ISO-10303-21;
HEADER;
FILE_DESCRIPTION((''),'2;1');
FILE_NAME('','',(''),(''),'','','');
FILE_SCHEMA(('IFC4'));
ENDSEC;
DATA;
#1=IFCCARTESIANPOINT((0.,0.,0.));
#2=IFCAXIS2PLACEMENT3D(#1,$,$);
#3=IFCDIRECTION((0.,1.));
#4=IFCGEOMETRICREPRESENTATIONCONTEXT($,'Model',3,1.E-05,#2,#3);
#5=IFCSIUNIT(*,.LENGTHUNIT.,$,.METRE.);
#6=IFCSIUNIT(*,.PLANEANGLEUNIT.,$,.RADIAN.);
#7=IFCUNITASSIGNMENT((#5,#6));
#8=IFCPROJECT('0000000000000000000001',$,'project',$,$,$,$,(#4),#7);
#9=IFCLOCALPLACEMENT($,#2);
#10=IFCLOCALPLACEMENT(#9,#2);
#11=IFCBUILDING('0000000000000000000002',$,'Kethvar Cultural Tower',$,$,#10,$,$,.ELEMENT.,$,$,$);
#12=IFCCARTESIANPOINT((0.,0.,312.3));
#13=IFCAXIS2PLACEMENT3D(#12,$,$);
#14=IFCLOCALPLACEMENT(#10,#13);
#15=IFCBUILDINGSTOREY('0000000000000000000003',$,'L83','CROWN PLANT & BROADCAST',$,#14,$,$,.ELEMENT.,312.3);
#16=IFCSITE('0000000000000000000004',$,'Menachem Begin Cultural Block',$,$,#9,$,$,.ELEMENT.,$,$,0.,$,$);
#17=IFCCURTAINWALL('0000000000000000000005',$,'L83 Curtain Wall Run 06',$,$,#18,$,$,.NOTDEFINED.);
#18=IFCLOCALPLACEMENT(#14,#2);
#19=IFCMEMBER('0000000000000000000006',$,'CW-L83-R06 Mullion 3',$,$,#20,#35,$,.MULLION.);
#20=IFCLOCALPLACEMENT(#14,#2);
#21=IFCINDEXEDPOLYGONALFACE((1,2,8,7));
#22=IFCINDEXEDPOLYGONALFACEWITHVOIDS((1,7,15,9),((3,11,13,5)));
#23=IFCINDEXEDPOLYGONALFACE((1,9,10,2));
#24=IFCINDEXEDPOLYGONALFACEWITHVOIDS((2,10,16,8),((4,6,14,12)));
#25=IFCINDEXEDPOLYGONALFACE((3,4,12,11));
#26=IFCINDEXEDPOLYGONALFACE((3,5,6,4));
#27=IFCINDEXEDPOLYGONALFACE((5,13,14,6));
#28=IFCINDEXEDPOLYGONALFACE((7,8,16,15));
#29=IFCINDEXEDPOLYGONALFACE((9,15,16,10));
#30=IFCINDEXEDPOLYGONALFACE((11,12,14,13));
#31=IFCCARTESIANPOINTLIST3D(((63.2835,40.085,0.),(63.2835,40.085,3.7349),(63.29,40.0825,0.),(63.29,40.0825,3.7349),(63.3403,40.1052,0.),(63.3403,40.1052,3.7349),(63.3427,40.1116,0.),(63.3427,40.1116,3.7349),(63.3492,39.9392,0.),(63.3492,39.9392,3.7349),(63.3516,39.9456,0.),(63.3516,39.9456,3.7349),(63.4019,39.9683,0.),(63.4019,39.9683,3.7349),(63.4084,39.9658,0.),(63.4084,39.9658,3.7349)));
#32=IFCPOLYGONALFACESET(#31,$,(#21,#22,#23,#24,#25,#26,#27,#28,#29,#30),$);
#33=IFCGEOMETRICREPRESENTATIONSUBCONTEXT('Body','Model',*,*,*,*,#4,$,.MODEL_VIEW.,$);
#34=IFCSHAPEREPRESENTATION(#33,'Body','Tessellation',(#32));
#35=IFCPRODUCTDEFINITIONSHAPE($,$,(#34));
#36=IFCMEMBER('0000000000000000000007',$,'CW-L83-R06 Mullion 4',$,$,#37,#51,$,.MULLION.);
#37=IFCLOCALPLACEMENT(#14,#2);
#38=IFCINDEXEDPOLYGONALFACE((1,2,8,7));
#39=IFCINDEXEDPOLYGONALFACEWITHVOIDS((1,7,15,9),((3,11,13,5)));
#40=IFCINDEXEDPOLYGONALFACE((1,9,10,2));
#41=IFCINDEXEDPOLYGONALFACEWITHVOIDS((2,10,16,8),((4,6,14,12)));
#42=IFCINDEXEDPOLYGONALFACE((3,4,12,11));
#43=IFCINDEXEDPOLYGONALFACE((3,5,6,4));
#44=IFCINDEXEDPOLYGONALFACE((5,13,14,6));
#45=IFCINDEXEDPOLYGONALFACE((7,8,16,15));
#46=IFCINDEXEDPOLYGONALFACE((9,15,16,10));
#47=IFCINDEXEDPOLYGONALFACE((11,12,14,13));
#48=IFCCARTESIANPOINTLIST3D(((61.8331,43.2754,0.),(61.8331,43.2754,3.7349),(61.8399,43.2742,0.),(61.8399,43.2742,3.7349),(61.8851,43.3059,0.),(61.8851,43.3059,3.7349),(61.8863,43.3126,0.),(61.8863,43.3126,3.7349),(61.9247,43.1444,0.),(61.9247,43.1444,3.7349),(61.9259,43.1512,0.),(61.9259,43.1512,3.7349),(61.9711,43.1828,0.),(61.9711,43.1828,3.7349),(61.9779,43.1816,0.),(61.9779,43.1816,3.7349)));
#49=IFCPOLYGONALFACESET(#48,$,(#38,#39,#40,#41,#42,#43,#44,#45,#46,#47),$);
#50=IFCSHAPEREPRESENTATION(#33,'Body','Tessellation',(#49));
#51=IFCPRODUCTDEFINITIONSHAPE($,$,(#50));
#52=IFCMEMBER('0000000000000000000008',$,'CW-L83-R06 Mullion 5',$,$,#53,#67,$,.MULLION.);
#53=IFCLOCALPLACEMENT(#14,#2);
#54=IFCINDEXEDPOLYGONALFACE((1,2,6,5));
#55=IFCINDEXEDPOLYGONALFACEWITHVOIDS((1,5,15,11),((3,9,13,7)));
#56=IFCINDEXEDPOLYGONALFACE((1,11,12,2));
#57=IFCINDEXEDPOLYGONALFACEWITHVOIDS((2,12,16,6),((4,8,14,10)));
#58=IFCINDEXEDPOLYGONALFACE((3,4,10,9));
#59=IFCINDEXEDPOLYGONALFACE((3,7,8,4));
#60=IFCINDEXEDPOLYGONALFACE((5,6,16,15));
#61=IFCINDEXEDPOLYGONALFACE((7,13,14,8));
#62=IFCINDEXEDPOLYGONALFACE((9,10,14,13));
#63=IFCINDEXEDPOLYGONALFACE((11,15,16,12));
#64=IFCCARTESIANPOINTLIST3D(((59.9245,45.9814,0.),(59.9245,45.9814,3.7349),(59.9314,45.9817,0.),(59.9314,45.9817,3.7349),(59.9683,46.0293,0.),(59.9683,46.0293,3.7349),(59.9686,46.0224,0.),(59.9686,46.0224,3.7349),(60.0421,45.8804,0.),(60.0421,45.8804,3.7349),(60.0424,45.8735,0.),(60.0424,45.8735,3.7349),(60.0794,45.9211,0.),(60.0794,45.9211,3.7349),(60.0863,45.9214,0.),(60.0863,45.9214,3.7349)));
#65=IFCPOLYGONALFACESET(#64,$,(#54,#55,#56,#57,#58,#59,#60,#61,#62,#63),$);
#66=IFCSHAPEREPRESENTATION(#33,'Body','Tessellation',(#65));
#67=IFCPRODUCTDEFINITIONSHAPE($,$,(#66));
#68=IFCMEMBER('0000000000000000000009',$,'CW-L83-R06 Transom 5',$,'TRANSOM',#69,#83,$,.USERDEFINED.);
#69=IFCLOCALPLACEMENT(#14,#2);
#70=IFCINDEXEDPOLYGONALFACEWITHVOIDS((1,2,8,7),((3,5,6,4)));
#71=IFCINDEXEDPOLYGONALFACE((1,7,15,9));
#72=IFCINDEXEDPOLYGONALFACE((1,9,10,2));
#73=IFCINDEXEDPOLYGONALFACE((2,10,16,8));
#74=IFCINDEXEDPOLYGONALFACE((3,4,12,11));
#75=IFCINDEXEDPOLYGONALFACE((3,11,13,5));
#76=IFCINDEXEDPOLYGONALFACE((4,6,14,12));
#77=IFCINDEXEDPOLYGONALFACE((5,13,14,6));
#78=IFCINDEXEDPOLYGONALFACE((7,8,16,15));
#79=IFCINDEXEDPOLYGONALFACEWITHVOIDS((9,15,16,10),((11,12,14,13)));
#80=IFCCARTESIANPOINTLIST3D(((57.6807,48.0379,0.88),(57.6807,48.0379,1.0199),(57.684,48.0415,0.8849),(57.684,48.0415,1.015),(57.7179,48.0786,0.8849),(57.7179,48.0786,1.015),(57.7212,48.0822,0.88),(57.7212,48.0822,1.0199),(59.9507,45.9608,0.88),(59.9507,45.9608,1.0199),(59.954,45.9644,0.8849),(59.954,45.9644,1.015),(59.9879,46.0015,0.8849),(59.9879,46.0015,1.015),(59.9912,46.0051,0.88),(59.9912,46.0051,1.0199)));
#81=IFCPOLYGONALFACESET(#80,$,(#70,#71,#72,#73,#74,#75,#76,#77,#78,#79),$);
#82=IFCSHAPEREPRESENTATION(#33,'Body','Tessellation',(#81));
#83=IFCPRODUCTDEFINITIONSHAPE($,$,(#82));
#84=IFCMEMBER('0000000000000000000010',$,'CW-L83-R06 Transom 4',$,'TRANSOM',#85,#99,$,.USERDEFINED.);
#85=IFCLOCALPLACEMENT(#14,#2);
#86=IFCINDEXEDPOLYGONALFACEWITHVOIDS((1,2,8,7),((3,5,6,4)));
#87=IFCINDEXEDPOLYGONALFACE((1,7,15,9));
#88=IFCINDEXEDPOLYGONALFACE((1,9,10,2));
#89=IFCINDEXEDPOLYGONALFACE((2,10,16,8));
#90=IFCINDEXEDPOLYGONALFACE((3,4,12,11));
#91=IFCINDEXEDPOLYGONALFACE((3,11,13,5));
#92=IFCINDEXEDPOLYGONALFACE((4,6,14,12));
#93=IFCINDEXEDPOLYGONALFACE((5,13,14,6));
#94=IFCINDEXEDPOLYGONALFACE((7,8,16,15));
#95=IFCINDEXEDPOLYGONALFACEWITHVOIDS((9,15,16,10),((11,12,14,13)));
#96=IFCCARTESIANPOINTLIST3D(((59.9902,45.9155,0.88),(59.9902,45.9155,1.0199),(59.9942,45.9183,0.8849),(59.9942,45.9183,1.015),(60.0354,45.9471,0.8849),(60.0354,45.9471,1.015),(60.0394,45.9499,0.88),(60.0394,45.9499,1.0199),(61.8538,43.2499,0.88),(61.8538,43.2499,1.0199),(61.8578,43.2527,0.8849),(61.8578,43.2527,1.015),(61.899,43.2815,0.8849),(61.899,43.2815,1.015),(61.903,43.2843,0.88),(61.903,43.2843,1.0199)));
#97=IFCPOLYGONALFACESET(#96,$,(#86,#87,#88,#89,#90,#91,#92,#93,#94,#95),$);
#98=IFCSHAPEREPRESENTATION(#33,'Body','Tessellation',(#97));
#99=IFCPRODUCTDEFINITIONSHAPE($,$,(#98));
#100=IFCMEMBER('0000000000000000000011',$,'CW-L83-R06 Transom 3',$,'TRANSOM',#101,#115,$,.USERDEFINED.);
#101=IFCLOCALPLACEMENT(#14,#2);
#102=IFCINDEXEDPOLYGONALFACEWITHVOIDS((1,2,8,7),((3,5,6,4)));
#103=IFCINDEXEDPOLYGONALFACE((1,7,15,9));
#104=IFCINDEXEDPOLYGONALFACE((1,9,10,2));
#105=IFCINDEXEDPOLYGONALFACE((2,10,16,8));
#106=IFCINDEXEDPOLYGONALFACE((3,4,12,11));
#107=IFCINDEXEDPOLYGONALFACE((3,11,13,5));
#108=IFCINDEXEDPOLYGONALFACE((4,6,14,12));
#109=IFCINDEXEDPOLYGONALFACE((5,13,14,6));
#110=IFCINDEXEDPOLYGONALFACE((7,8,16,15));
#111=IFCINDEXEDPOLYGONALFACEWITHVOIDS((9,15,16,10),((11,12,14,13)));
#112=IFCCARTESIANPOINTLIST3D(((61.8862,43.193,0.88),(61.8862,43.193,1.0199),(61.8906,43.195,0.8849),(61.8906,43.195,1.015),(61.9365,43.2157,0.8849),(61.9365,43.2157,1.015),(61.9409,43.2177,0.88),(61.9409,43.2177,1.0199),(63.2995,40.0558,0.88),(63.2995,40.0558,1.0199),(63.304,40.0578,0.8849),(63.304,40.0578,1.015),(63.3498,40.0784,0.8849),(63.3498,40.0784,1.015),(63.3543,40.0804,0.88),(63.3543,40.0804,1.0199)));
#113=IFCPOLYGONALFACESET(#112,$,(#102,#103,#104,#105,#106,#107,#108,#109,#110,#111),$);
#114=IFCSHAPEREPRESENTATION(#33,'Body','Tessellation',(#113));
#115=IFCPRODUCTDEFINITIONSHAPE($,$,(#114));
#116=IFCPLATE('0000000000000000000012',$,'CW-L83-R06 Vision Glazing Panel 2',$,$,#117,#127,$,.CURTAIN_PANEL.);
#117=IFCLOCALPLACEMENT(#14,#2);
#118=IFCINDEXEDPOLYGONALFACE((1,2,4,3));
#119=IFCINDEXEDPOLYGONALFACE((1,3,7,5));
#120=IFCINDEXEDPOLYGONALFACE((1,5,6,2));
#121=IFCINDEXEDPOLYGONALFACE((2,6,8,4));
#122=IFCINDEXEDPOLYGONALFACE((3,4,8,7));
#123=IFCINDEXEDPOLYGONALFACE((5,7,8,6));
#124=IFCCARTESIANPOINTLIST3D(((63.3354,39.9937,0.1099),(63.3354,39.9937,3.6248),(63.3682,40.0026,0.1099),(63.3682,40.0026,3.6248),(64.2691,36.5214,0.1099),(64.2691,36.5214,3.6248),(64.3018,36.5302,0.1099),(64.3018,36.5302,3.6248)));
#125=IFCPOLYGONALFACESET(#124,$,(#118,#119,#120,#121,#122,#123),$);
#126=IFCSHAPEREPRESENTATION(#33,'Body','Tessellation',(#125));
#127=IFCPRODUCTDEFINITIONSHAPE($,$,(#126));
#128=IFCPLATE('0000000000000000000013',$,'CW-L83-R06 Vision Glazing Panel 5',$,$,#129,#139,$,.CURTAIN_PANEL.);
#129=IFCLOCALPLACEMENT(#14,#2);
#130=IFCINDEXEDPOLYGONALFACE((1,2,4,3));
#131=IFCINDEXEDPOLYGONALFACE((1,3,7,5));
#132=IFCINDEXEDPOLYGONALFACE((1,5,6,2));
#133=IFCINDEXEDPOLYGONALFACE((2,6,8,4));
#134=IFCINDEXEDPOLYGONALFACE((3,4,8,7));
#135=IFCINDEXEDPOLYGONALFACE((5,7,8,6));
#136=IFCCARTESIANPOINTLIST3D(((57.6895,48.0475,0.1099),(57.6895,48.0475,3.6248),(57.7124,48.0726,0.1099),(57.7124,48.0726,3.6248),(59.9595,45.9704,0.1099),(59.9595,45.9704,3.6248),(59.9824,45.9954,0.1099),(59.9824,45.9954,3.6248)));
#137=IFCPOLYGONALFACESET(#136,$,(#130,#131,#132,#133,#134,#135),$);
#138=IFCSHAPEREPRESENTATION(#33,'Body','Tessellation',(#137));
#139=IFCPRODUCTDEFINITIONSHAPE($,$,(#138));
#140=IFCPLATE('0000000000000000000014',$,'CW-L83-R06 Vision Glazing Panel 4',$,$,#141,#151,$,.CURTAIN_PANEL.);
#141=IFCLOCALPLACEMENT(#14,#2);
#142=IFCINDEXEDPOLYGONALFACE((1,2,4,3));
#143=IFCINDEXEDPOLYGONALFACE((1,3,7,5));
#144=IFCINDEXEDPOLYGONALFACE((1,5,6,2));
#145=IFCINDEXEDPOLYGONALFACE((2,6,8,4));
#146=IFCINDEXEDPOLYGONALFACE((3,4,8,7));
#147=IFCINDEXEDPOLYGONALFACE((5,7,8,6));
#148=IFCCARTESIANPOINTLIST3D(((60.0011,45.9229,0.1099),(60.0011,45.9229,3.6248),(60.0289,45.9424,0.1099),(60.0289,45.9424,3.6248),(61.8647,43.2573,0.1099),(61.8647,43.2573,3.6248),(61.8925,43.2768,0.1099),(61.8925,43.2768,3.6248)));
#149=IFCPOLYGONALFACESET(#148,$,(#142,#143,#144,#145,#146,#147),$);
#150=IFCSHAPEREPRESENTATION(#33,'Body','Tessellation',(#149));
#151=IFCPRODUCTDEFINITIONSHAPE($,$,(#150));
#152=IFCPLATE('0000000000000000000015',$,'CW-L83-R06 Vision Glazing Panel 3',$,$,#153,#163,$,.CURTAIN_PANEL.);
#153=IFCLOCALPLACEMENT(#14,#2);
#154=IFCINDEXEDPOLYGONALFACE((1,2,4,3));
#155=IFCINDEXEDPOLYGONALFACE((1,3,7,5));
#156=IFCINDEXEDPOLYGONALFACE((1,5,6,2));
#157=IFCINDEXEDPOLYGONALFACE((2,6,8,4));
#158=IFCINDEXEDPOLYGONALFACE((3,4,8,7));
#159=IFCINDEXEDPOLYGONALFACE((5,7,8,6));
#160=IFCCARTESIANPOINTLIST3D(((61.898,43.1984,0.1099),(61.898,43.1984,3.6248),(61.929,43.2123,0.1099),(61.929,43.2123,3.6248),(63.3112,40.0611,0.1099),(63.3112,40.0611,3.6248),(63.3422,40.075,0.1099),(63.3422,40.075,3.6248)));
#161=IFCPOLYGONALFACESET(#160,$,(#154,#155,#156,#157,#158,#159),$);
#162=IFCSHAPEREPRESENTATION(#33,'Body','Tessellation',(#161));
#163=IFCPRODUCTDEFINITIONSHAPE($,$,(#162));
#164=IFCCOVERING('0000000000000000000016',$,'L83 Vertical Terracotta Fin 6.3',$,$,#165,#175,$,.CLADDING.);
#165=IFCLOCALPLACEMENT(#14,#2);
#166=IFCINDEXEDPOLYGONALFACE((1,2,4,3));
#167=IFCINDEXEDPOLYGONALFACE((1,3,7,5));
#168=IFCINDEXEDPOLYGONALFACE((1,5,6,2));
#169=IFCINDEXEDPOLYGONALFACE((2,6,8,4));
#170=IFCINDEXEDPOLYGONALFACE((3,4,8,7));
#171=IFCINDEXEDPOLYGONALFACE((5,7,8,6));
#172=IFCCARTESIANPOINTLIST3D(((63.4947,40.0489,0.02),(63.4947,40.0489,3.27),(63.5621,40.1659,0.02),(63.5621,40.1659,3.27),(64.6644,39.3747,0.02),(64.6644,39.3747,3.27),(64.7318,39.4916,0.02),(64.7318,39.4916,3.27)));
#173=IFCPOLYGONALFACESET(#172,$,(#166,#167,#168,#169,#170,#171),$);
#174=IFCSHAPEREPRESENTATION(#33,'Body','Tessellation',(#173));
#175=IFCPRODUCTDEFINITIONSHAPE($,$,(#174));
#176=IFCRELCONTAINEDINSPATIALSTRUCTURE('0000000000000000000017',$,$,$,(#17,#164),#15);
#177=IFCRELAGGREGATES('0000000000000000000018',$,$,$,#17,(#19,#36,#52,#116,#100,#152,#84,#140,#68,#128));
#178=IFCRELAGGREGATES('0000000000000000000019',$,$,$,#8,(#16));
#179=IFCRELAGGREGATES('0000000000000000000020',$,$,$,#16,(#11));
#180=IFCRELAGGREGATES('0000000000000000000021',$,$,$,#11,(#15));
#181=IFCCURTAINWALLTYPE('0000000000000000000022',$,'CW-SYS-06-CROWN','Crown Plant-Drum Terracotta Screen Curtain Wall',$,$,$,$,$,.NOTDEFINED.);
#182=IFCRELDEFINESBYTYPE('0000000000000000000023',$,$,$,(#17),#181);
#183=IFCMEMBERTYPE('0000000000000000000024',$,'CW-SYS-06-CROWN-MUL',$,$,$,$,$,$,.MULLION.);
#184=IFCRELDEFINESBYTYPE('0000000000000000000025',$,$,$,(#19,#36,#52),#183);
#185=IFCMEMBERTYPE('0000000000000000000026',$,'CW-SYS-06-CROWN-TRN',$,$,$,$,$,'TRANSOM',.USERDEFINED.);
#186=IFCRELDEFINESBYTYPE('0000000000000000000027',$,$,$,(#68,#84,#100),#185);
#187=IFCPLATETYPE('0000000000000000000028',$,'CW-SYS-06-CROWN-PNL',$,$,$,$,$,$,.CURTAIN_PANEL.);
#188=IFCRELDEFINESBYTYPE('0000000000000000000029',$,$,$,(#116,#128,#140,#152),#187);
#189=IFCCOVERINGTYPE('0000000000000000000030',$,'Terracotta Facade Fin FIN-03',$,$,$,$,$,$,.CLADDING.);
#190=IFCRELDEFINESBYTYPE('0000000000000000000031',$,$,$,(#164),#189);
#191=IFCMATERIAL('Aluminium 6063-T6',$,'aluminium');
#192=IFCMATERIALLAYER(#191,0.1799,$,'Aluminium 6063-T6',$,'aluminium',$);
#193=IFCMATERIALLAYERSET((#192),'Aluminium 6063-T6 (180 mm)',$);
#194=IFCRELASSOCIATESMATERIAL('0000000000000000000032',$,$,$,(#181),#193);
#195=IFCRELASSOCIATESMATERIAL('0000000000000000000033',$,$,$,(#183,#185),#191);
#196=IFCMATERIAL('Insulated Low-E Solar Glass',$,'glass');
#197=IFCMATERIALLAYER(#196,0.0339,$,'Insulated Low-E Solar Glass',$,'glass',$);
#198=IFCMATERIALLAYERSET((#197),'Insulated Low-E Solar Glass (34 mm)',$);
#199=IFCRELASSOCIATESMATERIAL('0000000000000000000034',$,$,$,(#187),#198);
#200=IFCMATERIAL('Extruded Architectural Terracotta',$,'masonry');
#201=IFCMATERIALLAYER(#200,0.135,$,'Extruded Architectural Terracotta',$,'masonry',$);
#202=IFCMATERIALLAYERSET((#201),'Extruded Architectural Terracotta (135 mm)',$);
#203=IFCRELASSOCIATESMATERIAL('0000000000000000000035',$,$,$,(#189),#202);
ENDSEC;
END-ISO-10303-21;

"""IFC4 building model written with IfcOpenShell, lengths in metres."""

from ifc_helpers import new_model, si_unit, direction, frame, origin, origin_2d, place, context, subcontext, project, spatial, rectangle, hollow_rectangle, extrude, source, transform, mapped, material, layer, layer_set, material_profile, profile_set, type_object, element, aggregate, save


model = new_model("IFC4")

# Units and contexts
model_context = context("Model", 3, precision=1e-05, world=origin(), true_north=direction((0.0, 1.0)))
body_context = subcontext(model_context, "Body", "Model", "MODEL_VIEW")
ifc_project = project(units=[si_unit("LENGTHUNIT", "METRE"), si_unit("PLANEANGLEUNIT", "RADIAN")], contexts=[model_context])

# Site, building, storey
site_placement = place(None, origin())
site = spatial("IfcSite", under=ifc_project, at=site_placement, Name="Menachem Begin Cultural Block", CompositionType="ELEMENT", RefElevation=0.0)
building_placement = place(site_placement, origin())
building = spatial("IfcBuilding", under=site, at=building_placement, Name="Kethvar Cultural Tower", CompositionType="ELEMENT")
storey_placement = place(building_placement, frame((0.0, 0.0, 312.3)))
storey = spatial("IfcBuildingStorey", under=building, at=storey_placement, Name="L83", Description="CROWN PLANT & BROADCAST", CompositionType="ELEMENT", Elevation=312.3)

# Curtain wall, members, plates
ifc_material_1 = material(Name="Aluminium 6063-T6", Category="aluminium")
ifc_layer_1 = layer(ifc_material_1, 0.1799, Name="Aluminium 6063-T6", Category="aluminium")
ifc_layer_set_1 = layer_set([ifc_layer_1], Name="Aluminium 6063-T6 (180 mm)")
curtain_wall_type = type_object("IfcCurtainWallType", Name="CW-SYS-06-CROWN", Description="Crown Plant-Drum Terracotta Screen Curtain Wall", PredefinedType="NOTDEFINED", material=ifc_layer_set_1)
curtain_wall_placement = place(storey_placement, origin())
curtain_wall = element("IfcCurtainWall", 1, at=curtain_wall_placement, inside=storey, type_object=curtain_wall_type, Name="L83 Curtain Wall Run 06", PredefinedType="NOTDEFINED")
ifc_material_profile_1 = material_profile(ifc_material_1, hollow_rectangle(XDim=0.0649, YDim=0.1599, WallThickness=0.0049, at=origin_2d()), Name="Aluminium 6063-T6 — RHS160x65x5")
ifc_profile_set_1 = profile_set([ifc_material_profile_1], Name="Aluminium 6063-T6 — RHS160x65x5")
member_type_1 = type_object("IfcMemberType", Name="CW-SYS-06-CROWN-MUL", PredefinedType="MULLION", material=ifc_profile_set_1)
shared_shape_1 = source(origin(), body_context, "Body", "SweptSolid", [
    extrude(hollow_rectangle(XDim=0.0649, YDim=0.1599, WallThickness=0.0049, at=origin_2d()), origin(), (0.0, 0.0, 1.0), 3.7349),
])
member_1_placement = place(storey_placement, frame((63.3459, 40.0254, 0.0), z_axis=(0.0, 0.0, 1.0), x_axis=(-0.911769, -0.410703, 0.0)))
member_1 = element("IfcMember", 2, at=member_1_placement, type_object=member_type_1, Name="CW-L83-R06 Mullion 3", PredefinedType="MULLION", context=body_context, shape_type="MappedRepresentation", body=[
    mapped(shared_shape_1, transform((0.0, 0.0, 0.0), scale=1.0)),
])
member_2_placement = place(storey_placement, frame((61.9055, 43.2285, 0.0), z_axis=(0.0, 0.0, 1.0), x_axis=(-0.819562, -0.57299, 0.0)))
member_2 = element("IfcMember", 3, at=member_2_placement, type_object=member_type_1, Name="CW-L83-R06 Mullion 4", PredefinedType="MULLION", context=body_context, shape_type="MappedRepresentation", body=[
    mapped(shared_shape_1, transform((0.0, 0.0, 0.0), scale=1.0)),
])
member_3_placement = place(storey_placement, frame((60.0054, 45.9514, 0.0), z_axis=(0.0, 0.0, 1.0), x_axis=(-0.675075, -0.737749, 0.0)))
member_3 = element("IfcMember", 4, at=member_3_placement, type_object=member_type_1, Name="CW-L83-R06 Mullion 5", PredefinedType="MULLION", context=body_context, shape_type="MappedRepresentation", body=[
    mapped(shared_shape_1, transform((0.0, 0.0, 0.0), scale=1.0)),
])
ifc_material_profile_2 = material_profile(ifc_material_1, hollow_rectangle(XDim=0.0601, YDim=0.1399, WallThickness=0.0049, at=origin_2d()), Name="Aluminium 6063-T6 — RHS140x60x5")
ifc_profile_set_2 = profile_set([ifc_material_profile_2], Name="Aluminium 6063-T6 — RHS140x60x5")
member_type_2 = type_object("IfcMemberType", Name="CW-SYS-06-CROWN-TRN", ElementType="TRANSOM", PredefinedType="USERDEFINED", material=ifc_profile_set_2)
shared_shape_2 = source(origin(), body_context, "Body", "SweptSolid", [
    extrude(hollow_rectangle(XDim=0.0601, YDim=0.1399, WallThickness=0.0049, at=origin_2d()), origin(), (0.0, 0.0, 1.0), 3.0769),
])
member_4_placement = place(storey_placement, frame((59.9709, 45.9829, 0.95), z_axis=(-0.737753, 0.67507, 0.0), x_axis=(-0.67507, -0.737753, 0.0)))
member_4 = element("IfcMember", 5, at=member_4_placement, type_object=member_type_2, Name="CW-L83-R06 Transom 5", ObjectType="TRANSOM", PredefinedType="USERDEFINED", context=body_context, shape_type="MappedRepresentation", body=[
    mapped(shared_shape_2, transform((0.0, 0.0, 0.0), scale=1.0)),
])
shared_shape_3 = source(origin(), body_context, "Body", "SweptSolid", [
    extrude(hollow_rectangle(XDim=0.0601, YDim=0.1399, WallThickness=0.0049, at=origin_2d()), origin(), (0.0, 0.0, 1.0), 3.2524),
])
member_5_placement = place(storey_placement, frame((61.8784, 43.2671, 0.95), z_axis=(-0.572979, 0.81957, 0.0), x_axis=(-0.81957, -0.572979, 0.0)))
member_5 = element("IfcMember", 6, at=member_5_placement, type_object=member_type_2, Name="CW-L83-R06 Transom 4", ObjectType="TRANSOM", PredefinedType="USERDEFINED", context=body_context, shape_type="MappedRepresentation", body=[
    mapped(shared_shape_3, transform((0.0, 0.0, 0.0), scale=1.0)),
])
shared_shape_4 = source(origin(), body_context, "Body", "SweptSolid", [
    extrude(hollow_rectangle(XDim=0.0601, YDim=0.1399, WallThickness=0.0049, at=origin_2d()), origin(), (0.0, 0.0, 1.0), 3.4409),
])
member_6_placement = place(storey_placement, frame((63.3269, 40.0681, 0.95), z_axis=(-0.410748, 0.911749, 0.0), x_axis=(-0.911749, -0.410748, 0.0)))
member_6 = element("IfcMember", 7, at=member_6_placement, type_object=member_type_2, Name="CW-L83-R06 Transom 3", ObjectType="TRANSOM", PredefinedType="USERDEFINED", context=body_context, shape_type="MappedRepresentation", body=[
    mapped(shared_shape_4, transform((0.0, 0.0, 0.0), scale=1.0)),
])
ifc_material_2 = material(Name="Insulated Low-E Solar Glass", Category="glass")
ifc_layer_2 = layer(ifc_material_2, 0.0339, Name="Insulated Low-E Solar Glass", Category="glass")
ifc_layer_set_2 = layer_set([ifc_layer_2], Name="Insulated Low-E Solar Glass (34 mm)")
plate_type = type_object("IfcPlateType", Name="CW-SYS-06-CROWN-PNL", PredefinedType="CURTAIN_PANEL", material=ifc_layer_set_2)
shared_shape_5 = source(origin(), body_context, "Body", "SweptSolid", [
    extrude(rectangle(XDim=3.5957, YDim=0.0339, at=origin_2d()), origin(), (0.0, 0.0, 1.0), 3.5149),
])
plate_1_placement = place(storey_placement, frame((63.8186, 38.262, 0.1099), z_axis=(0.0, 0.0, 1.0), x_axis=(-0.259662, 0.9657, 0.0)))
plate_1 = element("IfcPlate", 8, at=plate_1_placement, type_object=plate_type, Name="CW-L83-R06 Vision Glazing Panel 2", PredefinedType="CURTAIN_PANEL", context=body_context, shape_type="MappedRepresentation", body=[
    mapped(shared_shape_5, transform((0.0, 0.0, 0.0), scale=1.0)),
])
shared_shape_6 = source(origin(), body_context, "Body", "SweptSolid", [
    extrude(rectangle(XDim=3.0769, YDim=0.0339, at=origin_2d()), origin(), (0.0, 0.0, 1.0), 3.5149),
])
plate_2_placement = place(storey_placement, frame((58.8359, 47.0215, 0.1099), z_axis=(0.0, 0.0, 1.0), x_axis=(-0.737749, 0.675075, 0.0)))
plate_2 = element("IfcPlate", 9, at=plate_2_placement, type_object=plate_type, Name="CW-L83-R06 Vision Glazing Panel 5", PredefinedType="CURTAIN_PANEL", context=body_context, shape_type="MappedRepresentation", body=[
    mapped(shared_shape_6, transform((0.0, 0.0, 0.0), scale=1.0)),
])
shared_shape_7 = source(origin(), body_context, "Body", "SweptSolid", [
    extrude(rectangle(XDim=3.2524, YDim=0.0339, at=origin_2d()), origin(), (0.0, 0.0, 1.0), 3.5149),
])
plate_3_placement = place(storey_placement, frame((60.9468, 44.5999, 0.1099), z_axis=(0.0, 0.0, 1.0), x_axis=(-0.57299, 0.819562, 0.0)))
plate_3 = element("IfcPlate", 10, at=plate_3_placement, type_object=plate_type, Name="CW-L83-R06 Vision Glazing Panel 4", PredefinedType="CURTAIN_PANEL", context=body_context, shape_type="MappedRepresentation", body=[
    mapped(shared_shape_7, transform((0.0, 0.0, 0.0), scale=1.0)),
])
shared_shape_8 = source(origin(), body_context, "Body", "SweptSolid", [
    extrude(rectangle(XDim=3.4409, YDim=0.0339, at=origin_2d()), origin(), (0.0, 0.0, 1.0), 3.5149),
])
plate_4_placement = place(storey_placement, frame((62.6201, 41.6367, 0.1099), z_axis=(0.0, 0.0, 1.0), x_axis=(-0.410703, 0.911769, 0.0)))
plate_4 = element("IfcPlate", 11, at=plate_4_placement, type_object=plate_type, Name="CW-L83-R06 Vision Glazing Panel 3", PredefinedType="CURTAIN_PANEL", context=body_context, shape_type="MappedRepresentation", body=[
    mapped(shared_shape_8, transform((0.0, 0.0, 0.0), scale=1.0)),
])
aggregate(curtain_wall, [member_1, member_2, member_3, plate_1, member_6, plate_4, member_5, plate_3, member_4, plate_2])

# Covering
ifc_material_3 = material(Name="Extruded Architectural Terracotta", Category="masonry")
ifc_layer_3 = layer(ifc_material_3, 0.135, Name="Extruded Architectural Terracotta", Category="masonry")
ifc_layer_set_3 = layer_set([ifc_layer_3], Name="Extruded Architectural Terracotta (135 mm)")
covering_type = type_object("IfcCoveringType", Name="Terracotta Facade Fin FIN-03", PredefinedType="CLADDING", material=ifc_layer_set_3)
shared_shape_9 = source(origin(), body_context, "Body", "SweptSolid", [
    extrude(rectangle(XDim=1.3501, YDim=0.135, at=origin_2d()), origin(), (0.0, 0.0, 1.0), 3.25),
])
for number, where, z_axis, x_axis, name in (
    (12, (64.1133, 39.7703, 0.02), (0.0, 0.0, 1.0), (0.866374, -0.499395, 0.0), "L83 Vertical Terracotta Fin 6.3"),
):
    element("IfcCovering", number, at=place(storey_placement, frame(where, z_axis=z_axis, x_axis=x_axis)), inside=storey, type_object=covering_type, Name=name, PredefinedType="CLADDING", context=body_context, shape_type="MappedRepresentation", body=[
        mapped(shared_shape_9, transform((0.0, 0.0, 0.0), scale=1.0)),
    ])

save(model, "model.ifc")
